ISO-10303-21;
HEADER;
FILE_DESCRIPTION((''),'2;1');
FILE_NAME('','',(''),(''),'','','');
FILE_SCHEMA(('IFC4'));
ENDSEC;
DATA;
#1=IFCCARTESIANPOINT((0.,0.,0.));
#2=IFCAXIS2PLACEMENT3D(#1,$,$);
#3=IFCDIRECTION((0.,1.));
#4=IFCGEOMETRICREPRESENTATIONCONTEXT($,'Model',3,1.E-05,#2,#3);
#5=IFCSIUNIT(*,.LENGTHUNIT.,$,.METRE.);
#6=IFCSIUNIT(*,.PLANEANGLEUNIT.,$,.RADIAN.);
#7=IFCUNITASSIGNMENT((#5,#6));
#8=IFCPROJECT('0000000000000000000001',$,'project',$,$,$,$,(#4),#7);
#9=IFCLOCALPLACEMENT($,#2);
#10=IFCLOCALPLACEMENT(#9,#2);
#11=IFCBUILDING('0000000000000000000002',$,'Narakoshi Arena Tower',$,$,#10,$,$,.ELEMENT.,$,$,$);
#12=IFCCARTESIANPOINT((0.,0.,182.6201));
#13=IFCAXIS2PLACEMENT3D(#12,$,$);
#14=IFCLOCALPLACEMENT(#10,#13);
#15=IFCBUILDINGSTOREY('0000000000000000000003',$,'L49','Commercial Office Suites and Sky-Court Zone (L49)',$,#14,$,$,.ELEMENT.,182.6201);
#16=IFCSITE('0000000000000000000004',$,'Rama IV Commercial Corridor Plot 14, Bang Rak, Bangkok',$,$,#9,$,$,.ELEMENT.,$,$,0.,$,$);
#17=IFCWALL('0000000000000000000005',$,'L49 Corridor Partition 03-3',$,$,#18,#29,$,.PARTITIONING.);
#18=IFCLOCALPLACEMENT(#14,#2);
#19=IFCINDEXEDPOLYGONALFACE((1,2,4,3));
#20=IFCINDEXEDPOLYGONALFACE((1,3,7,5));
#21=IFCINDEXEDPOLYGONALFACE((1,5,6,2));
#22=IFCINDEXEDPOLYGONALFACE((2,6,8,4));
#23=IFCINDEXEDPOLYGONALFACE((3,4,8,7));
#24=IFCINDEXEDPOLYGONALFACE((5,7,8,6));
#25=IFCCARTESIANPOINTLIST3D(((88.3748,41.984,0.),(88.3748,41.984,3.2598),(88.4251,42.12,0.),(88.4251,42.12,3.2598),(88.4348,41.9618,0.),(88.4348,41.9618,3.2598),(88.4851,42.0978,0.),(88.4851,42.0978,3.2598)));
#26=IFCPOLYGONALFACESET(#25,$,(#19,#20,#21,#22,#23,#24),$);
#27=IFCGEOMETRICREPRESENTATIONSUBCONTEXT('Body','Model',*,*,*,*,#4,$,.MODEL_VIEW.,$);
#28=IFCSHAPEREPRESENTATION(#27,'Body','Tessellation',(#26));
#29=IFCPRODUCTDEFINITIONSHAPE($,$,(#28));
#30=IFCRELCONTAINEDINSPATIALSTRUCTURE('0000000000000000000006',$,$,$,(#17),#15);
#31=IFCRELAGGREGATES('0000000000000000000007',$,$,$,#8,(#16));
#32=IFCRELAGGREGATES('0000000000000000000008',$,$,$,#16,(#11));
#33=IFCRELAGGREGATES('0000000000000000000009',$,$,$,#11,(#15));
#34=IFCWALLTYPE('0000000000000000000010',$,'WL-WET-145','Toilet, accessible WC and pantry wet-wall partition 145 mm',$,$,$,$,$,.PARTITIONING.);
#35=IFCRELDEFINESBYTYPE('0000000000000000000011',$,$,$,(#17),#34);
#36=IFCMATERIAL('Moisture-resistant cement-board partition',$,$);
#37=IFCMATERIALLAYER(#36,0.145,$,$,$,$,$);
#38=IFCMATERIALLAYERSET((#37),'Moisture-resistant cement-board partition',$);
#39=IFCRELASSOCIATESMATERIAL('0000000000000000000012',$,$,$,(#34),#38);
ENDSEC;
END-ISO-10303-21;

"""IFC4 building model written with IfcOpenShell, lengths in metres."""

from ifc_helpers import new_model, si_unit, direction, frame, frame_2d, origin, place, context, subcontext, project, spatial, rectangle, extrude, material, layer, layer_set, type_object, element, save


model = new_model("IFC4")

# Units and contexts
model_context = context("Model", 3, precision=1e-05, world=origin(), true_north=direction((0.0, 1.0)))
body_context = subcontext(model_context, "Body", "Model", "MODEL_VIEW")
ifc_project = project(units=[si_unit("LENGTHUNIT", "METRE"), si_unit("PLANEANGLEUNIT", "RADIAN")], contexts=[model_context])

# Site, building, storey
site_placement = place(None, origin())
site = spatial("IfcSite", under=ifc_project, at=site_placement, Name="Rama IV Commercial Corridor Plot 14, Bang Rak, Bangkok", CompositionType="ELEMENT", RefElevation=0.0)
building_placement = place(site_placement, origin())
building = spatial("IfcBuilding", under=site, at=building_placement, Name="Narakoshi Arena Tower", CompositionType="ELEMENT")
storey_placement = place(building_placement, frame((0.0, 0.0, 182.6201)))
storey = spatial("IfcBuildingStorey", under=building, at=storey_placement, Name="L49", Description="Commercial Office Suites and Sky-Court Zone (L49)", CompositionType="ELEMENT", Elevation=182.6201)

# Wall
ifc_material_1 = material(Name="Moisture-resistant cement-board partition")
ifc_layer_1 = layer(ifc_material_1, 0.145)
ifc_layer_set_1 = layer_set([ifc_layer_1], Name="Moisture-resistant cement-board partition")
wall_type_1 = type_object("IfcWallType", Name="WL-WET-145", Description="Toilet, accessible WC and pantry wet-wall partition 145 mm", PredefinedType="PARTITIONING", material=ifc_layer_set_1)
wall_1_placement = place(storey_placement, frame((88.46, 42.0298, 0.0), z_axis=(0.0, 0.0, 1.0), x_axis=(-0.937887, 0.346942, 0.0)))
element("IfcWall", 1, at=wall_1_placement, inside=storey, type_object=wall_type_1, Name="L49 Corridor Partition 03-3", PredefinedType="PARTITIONING", context=body_context, shape_type="SweptSolid", body=[
    extrude(rectangle(XDim=0.064, YDim=0.145, at=frame_2d((0.032, 0.0))), origin(), (0.0, 0.0, 1.0), 3.2598),
])

save(model, "model.ifc")
